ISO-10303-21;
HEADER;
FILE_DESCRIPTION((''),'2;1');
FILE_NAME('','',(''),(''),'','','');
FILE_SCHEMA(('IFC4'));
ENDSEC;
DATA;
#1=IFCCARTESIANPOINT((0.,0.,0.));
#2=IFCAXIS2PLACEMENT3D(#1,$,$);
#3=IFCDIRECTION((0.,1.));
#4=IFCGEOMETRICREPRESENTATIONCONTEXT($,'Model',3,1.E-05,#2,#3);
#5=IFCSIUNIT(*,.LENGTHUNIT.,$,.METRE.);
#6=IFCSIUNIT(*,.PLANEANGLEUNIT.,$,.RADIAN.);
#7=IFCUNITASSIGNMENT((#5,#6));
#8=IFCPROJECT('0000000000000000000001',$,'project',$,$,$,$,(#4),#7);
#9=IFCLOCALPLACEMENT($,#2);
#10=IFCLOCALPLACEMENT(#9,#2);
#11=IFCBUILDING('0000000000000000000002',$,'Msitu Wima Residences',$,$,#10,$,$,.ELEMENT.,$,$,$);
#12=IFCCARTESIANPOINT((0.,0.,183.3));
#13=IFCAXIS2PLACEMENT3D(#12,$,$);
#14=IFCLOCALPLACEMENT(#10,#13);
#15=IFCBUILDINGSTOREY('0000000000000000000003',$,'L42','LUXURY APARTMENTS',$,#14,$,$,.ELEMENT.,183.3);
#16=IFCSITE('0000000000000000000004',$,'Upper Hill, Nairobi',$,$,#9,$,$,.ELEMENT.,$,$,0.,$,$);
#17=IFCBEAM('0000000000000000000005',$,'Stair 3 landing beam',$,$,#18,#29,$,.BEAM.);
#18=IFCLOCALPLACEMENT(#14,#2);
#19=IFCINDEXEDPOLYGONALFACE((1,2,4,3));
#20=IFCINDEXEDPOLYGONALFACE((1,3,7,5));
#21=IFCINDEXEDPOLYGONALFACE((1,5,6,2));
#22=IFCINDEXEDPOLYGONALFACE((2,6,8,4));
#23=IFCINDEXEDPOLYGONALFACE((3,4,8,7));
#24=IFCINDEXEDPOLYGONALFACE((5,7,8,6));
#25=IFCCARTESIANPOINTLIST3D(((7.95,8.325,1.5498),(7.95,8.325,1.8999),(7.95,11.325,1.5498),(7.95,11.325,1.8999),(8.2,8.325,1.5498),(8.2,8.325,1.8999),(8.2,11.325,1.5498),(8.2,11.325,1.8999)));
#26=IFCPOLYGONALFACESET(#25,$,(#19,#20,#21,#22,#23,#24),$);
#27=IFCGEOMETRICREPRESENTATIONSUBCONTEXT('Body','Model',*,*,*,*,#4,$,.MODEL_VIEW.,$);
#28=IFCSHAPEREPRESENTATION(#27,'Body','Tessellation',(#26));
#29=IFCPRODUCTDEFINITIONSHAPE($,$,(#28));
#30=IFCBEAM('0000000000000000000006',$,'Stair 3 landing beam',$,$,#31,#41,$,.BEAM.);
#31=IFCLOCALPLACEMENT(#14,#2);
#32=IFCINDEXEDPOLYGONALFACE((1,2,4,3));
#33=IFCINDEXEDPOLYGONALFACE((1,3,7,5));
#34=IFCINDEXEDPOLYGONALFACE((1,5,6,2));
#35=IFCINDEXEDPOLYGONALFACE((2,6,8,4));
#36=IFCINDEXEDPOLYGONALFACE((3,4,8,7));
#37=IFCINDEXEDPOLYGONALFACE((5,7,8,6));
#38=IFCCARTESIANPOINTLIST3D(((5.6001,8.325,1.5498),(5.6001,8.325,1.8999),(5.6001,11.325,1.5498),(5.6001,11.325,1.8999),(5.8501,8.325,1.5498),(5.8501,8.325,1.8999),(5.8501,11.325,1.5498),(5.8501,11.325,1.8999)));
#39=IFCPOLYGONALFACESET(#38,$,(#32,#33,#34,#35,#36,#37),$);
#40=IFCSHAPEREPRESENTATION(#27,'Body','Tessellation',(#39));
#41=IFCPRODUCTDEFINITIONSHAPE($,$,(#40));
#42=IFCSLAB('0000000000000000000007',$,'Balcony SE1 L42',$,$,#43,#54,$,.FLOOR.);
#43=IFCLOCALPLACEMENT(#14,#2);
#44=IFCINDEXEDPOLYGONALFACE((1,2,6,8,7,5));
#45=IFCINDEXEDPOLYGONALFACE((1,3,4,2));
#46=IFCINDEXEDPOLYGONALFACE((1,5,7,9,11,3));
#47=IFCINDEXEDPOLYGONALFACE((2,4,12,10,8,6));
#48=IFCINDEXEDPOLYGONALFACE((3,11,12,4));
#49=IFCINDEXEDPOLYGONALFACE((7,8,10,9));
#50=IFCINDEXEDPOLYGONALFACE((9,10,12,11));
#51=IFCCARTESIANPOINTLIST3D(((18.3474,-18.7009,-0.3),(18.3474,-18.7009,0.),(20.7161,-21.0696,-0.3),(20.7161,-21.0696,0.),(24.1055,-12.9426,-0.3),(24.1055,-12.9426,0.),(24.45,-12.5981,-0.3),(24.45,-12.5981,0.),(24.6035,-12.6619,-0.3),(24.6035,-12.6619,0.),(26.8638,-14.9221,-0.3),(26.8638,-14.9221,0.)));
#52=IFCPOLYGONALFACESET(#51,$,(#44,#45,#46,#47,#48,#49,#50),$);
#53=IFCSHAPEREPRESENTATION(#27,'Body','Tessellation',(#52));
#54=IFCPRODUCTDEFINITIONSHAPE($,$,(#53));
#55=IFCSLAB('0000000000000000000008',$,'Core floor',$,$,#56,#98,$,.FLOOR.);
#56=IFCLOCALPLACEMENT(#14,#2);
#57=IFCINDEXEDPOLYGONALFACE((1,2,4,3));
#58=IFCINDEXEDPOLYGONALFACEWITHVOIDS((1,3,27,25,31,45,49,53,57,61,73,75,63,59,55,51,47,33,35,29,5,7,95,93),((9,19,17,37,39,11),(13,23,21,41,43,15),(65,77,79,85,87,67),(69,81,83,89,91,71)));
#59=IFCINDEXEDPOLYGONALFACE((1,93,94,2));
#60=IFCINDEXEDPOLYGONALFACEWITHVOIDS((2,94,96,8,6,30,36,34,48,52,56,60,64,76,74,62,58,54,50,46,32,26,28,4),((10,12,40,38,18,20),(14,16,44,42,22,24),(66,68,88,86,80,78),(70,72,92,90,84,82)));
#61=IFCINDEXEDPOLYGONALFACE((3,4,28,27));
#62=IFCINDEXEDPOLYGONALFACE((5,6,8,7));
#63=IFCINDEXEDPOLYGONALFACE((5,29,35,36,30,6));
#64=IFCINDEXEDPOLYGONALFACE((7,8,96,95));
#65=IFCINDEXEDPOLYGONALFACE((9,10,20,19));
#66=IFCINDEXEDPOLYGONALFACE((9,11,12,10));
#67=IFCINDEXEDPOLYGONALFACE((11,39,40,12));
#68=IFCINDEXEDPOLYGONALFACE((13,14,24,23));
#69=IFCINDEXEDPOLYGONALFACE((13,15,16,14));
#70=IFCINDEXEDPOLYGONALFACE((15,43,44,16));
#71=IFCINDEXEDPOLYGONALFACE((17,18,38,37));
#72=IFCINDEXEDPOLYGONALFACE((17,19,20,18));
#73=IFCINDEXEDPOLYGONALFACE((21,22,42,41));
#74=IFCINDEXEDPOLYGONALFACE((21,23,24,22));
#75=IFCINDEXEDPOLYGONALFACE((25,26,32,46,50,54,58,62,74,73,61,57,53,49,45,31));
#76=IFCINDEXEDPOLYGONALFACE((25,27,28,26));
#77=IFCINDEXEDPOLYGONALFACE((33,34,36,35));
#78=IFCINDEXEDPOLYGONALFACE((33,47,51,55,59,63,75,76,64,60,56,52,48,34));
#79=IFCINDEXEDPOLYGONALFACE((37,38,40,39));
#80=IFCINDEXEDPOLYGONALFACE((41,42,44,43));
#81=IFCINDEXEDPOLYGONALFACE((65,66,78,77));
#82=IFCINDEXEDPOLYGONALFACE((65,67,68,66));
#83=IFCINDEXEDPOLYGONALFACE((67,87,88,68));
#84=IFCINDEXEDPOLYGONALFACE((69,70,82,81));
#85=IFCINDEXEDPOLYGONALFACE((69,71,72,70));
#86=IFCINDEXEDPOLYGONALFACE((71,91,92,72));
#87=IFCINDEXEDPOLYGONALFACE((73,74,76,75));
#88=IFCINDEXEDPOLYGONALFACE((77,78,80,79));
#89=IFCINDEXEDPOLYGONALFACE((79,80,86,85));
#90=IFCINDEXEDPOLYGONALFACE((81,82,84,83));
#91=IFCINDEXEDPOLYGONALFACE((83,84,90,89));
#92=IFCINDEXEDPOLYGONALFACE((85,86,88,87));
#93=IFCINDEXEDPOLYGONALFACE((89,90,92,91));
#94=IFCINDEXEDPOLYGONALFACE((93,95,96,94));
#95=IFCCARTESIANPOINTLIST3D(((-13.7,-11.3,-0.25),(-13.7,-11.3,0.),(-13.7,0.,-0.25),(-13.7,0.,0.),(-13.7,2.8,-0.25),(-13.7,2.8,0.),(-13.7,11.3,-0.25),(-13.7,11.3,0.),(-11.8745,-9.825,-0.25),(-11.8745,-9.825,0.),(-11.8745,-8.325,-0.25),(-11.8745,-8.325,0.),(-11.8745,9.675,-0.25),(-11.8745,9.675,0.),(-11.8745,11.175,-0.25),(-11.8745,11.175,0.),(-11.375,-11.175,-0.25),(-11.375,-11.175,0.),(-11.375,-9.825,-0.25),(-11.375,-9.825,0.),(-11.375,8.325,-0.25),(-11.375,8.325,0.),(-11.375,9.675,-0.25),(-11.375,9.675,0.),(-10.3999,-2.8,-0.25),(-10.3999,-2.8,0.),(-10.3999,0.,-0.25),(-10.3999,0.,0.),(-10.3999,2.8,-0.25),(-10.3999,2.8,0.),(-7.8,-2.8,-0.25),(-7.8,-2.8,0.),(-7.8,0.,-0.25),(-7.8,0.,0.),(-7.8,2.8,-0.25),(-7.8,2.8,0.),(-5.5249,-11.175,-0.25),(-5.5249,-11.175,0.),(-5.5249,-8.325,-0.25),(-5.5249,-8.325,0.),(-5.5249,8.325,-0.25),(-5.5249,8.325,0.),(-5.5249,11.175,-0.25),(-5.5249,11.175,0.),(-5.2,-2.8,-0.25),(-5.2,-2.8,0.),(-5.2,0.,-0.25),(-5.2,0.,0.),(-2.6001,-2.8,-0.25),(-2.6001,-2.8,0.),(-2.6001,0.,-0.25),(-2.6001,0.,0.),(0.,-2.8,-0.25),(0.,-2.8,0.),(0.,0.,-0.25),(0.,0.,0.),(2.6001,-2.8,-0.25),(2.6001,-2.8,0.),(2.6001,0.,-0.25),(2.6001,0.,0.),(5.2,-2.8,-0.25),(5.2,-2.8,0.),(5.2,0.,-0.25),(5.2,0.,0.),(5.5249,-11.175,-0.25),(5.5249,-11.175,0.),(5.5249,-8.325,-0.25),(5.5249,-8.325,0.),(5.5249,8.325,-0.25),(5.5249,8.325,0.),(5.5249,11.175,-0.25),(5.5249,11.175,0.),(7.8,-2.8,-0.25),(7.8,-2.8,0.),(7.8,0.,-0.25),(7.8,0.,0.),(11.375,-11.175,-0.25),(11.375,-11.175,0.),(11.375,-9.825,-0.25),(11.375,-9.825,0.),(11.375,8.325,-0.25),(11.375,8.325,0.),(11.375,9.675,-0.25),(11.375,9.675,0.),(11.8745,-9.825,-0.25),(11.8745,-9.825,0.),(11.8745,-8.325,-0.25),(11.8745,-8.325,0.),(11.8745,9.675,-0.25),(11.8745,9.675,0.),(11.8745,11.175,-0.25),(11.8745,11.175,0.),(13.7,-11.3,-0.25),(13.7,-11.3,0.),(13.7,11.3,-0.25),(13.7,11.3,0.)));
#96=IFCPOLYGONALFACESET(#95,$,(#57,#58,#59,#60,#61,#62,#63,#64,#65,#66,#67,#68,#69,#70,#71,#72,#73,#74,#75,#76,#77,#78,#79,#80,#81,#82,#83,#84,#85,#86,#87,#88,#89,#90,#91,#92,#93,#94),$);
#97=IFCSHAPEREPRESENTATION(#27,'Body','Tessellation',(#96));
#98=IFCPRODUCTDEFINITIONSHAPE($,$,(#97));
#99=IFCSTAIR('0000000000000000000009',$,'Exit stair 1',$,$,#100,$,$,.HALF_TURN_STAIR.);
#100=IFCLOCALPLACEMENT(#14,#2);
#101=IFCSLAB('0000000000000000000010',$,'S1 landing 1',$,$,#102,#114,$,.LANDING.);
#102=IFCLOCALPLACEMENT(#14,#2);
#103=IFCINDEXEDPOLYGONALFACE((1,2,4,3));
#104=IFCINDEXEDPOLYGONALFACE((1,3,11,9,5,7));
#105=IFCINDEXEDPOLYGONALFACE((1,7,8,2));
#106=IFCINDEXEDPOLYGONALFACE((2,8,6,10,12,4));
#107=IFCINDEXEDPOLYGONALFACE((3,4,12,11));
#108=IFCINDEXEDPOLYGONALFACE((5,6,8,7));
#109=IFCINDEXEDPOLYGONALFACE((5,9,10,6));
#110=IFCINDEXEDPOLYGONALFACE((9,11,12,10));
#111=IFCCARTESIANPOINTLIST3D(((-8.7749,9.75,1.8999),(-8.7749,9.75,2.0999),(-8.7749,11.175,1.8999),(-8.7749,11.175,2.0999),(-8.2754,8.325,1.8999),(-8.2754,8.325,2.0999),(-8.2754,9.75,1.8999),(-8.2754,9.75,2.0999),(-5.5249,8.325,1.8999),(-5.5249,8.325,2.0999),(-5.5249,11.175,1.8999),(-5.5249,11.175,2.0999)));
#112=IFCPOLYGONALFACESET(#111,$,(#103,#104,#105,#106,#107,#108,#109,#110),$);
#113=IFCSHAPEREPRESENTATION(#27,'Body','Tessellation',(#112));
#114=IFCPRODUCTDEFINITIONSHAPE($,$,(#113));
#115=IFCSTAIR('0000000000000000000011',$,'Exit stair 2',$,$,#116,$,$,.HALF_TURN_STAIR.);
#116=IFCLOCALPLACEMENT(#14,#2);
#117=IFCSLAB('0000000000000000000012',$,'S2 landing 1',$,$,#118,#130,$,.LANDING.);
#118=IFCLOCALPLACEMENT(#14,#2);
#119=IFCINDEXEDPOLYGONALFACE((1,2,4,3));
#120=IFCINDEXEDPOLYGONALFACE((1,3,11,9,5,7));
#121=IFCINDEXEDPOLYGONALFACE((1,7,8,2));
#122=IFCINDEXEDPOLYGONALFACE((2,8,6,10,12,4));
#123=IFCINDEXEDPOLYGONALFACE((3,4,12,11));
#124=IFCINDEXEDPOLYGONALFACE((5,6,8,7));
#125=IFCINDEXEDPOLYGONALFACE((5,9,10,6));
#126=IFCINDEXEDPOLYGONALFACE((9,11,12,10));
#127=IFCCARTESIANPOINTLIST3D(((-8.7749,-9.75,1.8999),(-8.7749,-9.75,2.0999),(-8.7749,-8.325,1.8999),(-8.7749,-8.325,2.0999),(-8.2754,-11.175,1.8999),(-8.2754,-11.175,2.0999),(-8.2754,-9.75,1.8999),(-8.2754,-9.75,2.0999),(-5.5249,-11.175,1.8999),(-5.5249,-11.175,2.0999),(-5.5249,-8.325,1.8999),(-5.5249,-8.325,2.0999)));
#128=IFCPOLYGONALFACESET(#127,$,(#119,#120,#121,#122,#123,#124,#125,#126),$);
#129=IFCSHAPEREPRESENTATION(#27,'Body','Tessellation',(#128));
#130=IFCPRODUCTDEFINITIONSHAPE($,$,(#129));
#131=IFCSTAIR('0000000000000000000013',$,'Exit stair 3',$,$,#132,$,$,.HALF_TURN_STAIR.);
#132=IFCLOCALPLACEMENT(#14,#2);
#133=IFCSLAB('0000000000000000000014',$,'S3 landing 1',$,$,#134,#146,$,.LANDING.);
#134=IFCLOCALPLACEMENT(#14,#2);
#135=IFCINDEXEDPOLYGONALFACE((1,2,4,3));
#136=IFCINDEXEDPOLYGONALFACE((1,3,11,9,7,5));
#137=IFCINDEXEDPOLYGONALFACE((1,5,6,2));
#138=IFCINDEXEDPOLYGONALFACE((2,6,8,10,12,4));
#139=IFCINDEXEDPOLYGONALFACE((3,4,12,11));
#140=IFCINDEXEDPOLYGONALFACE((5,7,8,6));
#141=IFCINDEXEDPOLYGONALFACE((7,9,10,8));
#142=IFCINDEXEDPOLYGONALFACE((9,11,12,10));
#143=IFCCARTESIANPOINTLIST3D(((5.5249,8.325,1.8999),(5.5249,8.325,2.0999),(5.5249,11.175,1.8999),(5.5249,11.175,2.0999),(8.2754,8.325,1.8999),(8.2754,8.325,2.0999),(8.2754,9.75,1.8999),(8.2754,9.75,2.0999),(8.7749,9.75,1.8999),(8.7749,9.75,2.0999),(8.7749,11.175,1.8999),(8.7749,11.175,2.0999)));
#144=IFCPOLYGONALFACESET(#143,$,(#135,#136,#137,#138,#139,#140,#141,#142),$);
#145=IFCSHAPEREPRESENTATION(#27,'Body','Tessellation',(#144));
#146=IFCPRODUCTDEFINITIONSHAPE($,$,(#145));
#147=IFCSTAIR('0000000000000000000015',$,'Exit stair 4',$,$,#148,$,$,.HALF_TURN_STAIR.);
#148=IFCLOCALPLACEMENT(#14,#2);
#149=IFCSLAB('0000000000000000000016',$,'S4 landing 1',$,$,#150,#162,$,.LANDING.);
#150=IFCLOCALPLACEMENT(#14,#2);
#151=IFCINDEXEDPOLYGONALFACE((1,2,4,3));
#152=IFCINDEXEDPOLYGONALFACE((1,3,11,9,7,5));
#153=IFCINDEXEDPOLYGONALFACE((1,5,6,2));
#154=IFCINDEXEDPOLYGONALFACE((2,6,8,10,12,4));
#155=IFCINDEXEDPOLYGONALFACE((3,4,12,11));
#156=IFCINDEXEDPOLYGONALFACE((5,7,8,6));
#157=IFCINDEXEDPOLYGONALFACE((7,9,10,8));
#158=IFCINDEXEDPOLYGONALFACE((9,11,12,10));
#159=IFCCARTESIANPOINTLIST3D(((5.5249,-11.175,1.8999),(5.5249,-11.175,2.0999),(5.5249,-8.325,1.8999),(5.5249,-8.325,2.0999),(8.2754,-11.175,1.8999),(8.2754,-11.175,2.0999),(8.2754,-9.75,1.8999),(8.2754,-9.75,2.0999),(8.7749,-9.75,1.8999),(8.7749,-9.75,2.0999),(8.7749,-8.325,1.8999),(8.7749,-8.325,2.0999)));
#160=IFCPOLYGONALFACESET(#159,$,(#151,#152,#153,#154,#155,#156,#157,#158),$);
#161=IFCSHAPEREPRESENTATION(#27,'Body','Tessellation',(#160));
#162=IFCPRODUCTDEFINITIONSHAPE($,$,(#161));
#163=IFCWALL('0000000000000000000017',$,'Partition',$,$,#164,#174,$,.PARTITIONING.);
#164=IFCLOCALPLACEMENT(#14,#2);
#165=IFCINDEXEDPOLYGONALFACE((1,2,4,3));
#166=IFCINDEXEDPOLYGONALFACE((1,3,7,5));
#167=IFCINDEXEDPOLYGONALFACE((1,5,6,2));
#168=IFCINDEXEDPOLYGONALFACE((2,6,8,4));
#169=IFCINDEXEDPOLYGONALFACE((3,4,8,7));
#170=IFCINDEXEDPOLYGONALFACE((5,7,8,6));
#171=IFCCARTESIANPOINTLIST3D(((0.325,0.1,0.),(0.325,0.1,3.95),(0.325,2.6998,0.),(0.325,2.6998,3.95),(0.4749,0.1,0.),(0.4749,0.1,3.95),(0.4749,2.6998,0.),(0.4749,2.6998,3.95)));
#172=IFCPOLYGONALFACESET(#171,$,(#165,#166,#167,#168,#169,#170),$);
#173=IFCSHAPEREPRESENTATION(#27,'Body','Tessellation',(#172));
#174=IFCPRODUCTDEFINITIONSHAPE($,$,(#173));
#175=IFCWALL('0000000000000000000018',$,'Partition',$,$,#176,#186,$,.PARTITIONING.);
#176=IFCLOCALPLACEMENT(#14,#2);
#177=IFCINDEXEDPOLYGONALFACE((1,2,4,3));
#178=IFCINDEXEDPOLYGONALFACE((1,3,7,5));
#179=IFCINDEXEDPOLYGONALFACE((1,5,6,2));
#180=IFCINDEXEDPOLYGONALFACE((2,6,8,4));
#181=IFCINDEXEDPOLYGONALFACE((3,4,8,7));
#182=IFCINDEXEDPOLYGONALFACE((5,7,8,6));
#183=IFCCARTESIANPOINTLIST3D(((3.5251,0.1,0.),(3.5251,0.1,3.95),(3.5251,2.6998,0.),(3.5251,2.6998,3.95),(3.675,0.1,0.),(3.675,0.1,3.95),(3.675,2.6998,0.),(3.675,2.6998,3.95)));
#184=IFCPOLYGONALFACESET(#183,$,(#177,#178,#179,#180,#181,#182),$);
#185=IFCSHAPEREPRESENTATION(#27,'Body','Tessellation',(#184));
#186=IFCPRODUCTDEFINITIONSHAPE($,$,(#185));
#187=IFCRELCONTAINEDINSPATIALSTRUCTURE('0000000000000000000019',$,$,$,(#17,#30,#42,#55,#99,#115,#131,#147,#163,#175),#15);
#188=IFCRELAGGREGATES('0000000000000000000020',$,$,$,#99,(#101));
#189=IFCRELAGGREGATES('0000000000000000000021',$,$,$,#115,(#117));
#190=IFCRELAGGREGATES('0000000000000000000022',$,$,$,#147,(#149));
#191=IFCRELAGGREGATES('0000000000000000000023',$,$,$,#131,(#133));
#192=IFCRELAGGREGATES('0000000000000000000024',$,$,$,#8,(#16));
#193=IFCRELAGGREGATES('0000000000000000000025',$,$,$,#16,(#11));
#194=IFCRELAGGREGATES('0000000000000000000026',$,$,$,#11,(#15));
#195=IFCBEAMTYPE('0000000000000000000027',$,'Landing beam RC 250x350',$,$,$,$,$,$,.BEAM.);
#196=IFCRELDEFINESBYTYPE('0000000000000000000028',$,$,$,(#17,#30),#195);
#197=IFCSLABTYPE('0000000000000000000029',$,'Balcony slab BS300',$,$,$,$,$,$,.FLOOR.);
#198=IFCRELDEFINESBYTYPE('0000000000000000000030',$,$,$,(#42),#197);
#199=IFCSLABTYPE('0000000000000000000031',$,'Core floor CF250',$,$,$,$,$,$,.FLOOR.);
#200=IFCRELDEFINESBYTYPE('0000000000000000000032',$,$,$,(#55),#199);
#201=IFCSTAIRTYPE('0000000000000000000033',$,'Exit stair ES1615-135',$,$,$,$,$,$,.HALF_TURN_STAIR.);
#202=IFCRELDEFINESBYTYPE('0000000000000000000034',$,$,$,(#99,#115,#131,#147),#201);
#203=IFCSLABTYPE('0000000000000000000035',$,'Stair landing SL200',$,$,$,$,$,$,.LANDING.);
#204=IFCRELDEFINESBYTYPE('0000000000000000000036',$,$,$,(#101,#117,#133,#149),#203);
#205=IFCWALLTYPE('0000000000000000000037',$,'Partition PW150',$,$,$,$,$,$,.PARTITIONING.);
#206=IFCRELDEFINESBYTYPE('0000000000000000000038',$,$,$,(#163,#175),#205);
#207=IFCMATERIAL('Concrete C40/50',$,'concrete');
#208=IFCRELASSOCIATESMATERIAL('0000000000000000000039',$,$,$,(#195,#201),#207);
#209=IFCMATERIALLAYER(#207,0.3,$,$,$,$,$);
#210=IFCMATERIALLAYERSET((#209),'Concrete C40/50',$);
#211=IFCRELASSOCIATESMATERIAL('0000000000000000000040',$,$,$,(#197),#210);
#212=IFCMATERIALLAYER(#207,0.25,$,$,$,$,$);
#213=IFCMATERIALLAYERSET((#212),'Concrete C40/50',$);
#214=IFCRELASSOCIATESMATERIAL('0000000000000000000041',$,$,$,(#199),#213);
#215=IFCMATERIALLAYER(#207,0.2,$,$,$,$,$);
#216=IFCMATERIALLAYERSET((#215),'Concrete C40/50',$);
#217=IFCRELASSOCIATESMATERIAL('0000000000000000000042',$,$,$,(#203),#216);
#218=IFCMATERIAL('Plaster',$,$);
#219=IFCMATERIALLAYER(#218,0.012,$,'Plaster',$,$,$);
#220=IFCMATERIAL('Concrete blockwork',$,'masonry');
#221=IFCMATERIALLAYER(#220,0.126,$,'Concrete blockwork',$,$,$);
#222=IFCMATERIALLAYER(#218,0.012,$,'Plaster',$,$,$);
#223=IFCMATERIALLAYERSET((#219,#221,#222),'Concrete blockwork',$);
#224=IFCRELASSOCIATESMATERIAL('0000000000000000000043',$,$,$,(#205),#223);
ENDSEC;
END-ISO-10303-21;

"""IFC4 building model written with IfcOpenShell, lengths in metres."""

from ifc_helpers import new_model, si_unit, direction, frame, frame_2d, origin, origin_2d, place, context, subcontext, project, spatial, polyline, rectangle, outline, extrude, material, layer, layer_set, material_profile, profile_set, type_object, element, aggregate, save


model = new_model("IFC4")

# Units and contexts
model_context = context("Model", 3, precision=1e-05, world=origin(), true_north=direction((0.0, 1.0)))
body_context = subcontext(model_context, "Body", "Model", "MODEL_VIEW")
ifc_project = project(units=[si_unit("LENGTHUNIT", "METRE"), si_unit("PLANEANGLEUNIT", "RADIAN")], contexts=[model_context])

# Site, building, storey
site_placement = place(None, origin())
site = spatial("IfcSite", under=ifc_project, at=site_placement, Name="Upper Hill, Nairobi", CompositionType="ELEMENT", RefElevation=0.0)
building_placement = place(site_placement, origin())
building = spatial("IfcBuilding", under=site, at=building_placement, Name="Msitu Wima Residences", CompositionType="ELEMENT")
storey_placement = place(building_placement, frame((0.0, 0.0, 183.3)))
storey = spatial("IfcBuildingStorey", under=building, at=storey_placement, Name="L42", Description="LUXURY APARTMENTS", CompositionType="ELEMENT", Elevation=183.3)

# Beams
ifc_material_1 = material(Name="Concrete C40/50", Category="concrete")
ifc_material_profile = material_profile(ifc_material_1, rectangle(XDim=0.25, YDim=0.3501, at=origin_2d()), Name="RC 250x350")
ifc_profile_set = profile_set([ifc_material_profile], Name="Concrete C40/50")
beam_type = type_object("IfcBeamType", Name="Landing beam RC 250x350", PredefinedType="BEAM", material=ifc_profile_set)
for number, where, z_axis, x_axis, name in (
    (1, (8.075, 8.325, 1.7249), (0.0, 1.0, 0.0), (-1.0, 0.0, 0.0), "Stair 3 landing beam"),
    (2, (5.7251, 8.325, 1.7249), (0.0, 1.0, 0.0), (-1.0, 0.0, 0.0), "Stair 3 landing beam"),
):
    element("IfcBeam", number, at=place(storey_placement, frame(where, z_axis=z_axis, x_axis=x_axis)), inside=storey, type_object=beam_type, Name=name, PredefinedType="BEAM", context=body_context, shape_type="SweptSolid", body=[
        extrude(rectangle(XDim=0.25, YDim=0.3501, at=origin_2d()), origin(), (0.0, 0.0, 1.0), 3.0),
    ])

# Slabs
ifc_layer_1 = layer(ifc_material_1, 0.3)
ifc_layer_set_1 = layer_set([ifc_layer_1], Name="Concrete C40/50")
slab_type_1 = type_object("IfcSlabType", Name="Balcony slab BS300", PredefinedType="FLOOR", material=ifc_layer_set_1)
slab_1_placement = place(storey_placement, frame((0.0, 0.0, -0.3)))
element("IfcSlab", 3, at=slab_1_placement, inside=storey, type_object=slab_type_1, Name="Balcony SE1 L42", PredefinedType="FLOOR", context=body_context, shape_type="SweptSolid", body=[
    extrude(outline(polyline([(24.1055, -12.9426), (24.1055, -12.9426), (24.45, -12.5981), (24.6035, -12.6619), (26.8638, -14.9221), (20.7161, -21.0696), (18.3474, -18.7009), (24.1055, -12.9426), (24.1055, -12.9426)])), origin(), (0.0, 0.0, 1.0), 0.3),
])
ifc_layer_2 = layer(ifc_material_1, 0.25)
ifc_layer_set_2 = layer_set([ifc_layer_2], Name="Concrete C40/50")
slab_type_2 = type_object("IfcSlabType", Name="Core floor CF250", PredefinedType="FLOOR", material=ifc_layer_set_2)
slab_2_placement = place(storey_placement, frame((0.0, 0.0, -0.25)))
element("IfcSlab", 4, at=slab_2_placement, inside=storey, type_object=slab_type_2, Name="Core floor", PredefinedType="FLOOR", context=body_context, shape_type="SweptSolid", body=[
    extrude(outline(polyline([(-13.7, 11.3), (-13.7, 2.8), (-10.3999, 2.8), (-7.8, 2.8), (-7.8, 0.0), (-5.2, 0.0), (-2.6001, 0.0), (0.0, 0.0), (2.6001, 0.0), (5.2, 0.0), (7.8, 0.0), (7.8, -2.8), (5.2, -2.8), (2.6001, -2.8), (0.0, -2.8), (-2.6001, -2.8), (-5.2, -2.8), (-7.8, -2.8), (-10.3999, -2.8), (-10.3999, 0.0), (-13.7, 0.0), (-13.7, -11.3), (13.7, -11.3), (13.7, 11.3), (-13.7, 11.3)]), holes=[polyline([(-11.375, -11.175), (-11.375, -9.825), (-11.8745, -9.825), (-11.8745, -8.325), (-5.5249, -8.325), (-5.5249, -11.175), (-11.375, -11.175)]), polyline([(-11.375, 8.325), (-11.375, 9.675), (-11.8745, 9.675), (-11.8745, 11.175), (-5.5249, 11.175), (-5.5249, 8.325), (-11.375, 8.325)]), polyline([(11.375, -9.825), (11.375, -11.175), (5.5249, -11.175), (5.5249, -8.325), (11.8745, -8.325), (11.8745, -9.825), (11.375, -9.825)]), polyline([(11.375, 9.675), (11.375, 8.325), (5.5249, 8.325), (5.5249, 11.175), (11.8745, 11.175), (11.8745, 9.675), (11.375, 9.675)])]), origin(), (0.0, 0.0, 1.0), 0.25),
])

# Stairs, slabs
stair_type = type_object("IfcStairType", Name="Exit stair ES1615-135", PredefinedType="HALF_TURN_STAIR", material=ifc_material_1)
stair_1_placement = place(storey_placement, origin())
stair_1 = element("IfcStair", 5, at=stair_1_placement, inside=storey, type_object=stair_type, Name="Exit stair 1", PredefinedType="HALF_TURN_STAIR")
ifc_layer_3 = layer(ifc_material_1, 0.2)
ifc_layer_set_3 = layer_set([ifc_layer_3], Name="Concrete C40/50")
slab_type_3 = type_object("IfcSlabType", Name="Stair landing SL200", PredefinedType="LANDING", material=ifc_layer_set_3)
slab_3_placement = place(storey_placement, frame((0.0, 0.0, 1.8999)))
slab_3 = element("IfcSlab", 6, at=slab_3_placement, type_object=slab_type_3, Name="S1 landing 1", PredefinedType="LANDING", context=body_context, shape_type="SweptSolid", body=[
    extrude(outline(polyline([(-5.5249, 8.325), (-8.2754, 8.325), (-8.2754, 9.75), (-8.7749, 9.75), (-8.7749, 11.175), (-5.5249, 11.175), (-5.5249, 8.325)])), origin(), (0.0, 0.0, 1.0), 0.2),
])
aggregate(stair_1, [slab_3])
stair_2_placement = place(storey_placement, origin())
stair_2 = element("IfcStair", 7, at=stair_2_placement, inside=storey, type_object=stair_type, Name="Exit stair 2", PredefinedType="HALF_TURN_STAIR")
slab_4_placement = place(storey_placement, frame((0.0, 0.0, 1.8999)))
slab_4 = element("IfcSlab", 8, at=slab_4_placement, type_object=slab_type_3, Name="S2 landing 1", PredefinedType="LANDING", context=body_context, shape_type="SweptSolid", body=[
    extrude(outline(polyline([(-5.5249, -11.175), (-8.2754, -11.175), (-8.2754, -9.75), (-8.7749, -9.75), (-8.7749, -8.325), (-5.5249, -8.325), (-5.5249, -11.175)])), origin(), (0.0, 0.0, 1.0), 0.2),
])
aggregate(stair_2, [slab_4])
stair_3_placement = place(storey_placement, origin())
stair_3 = element("IfcStair", 9, at=stair_3_placement, inside=storey, type_object=stair_type, Name="Exit stair 3", PredefinedType="HALF_TURN_STAIR")
slab_5_placement = place(storey_placement, frame((0.0, 0.0, 1.8999)))
slab_5 = element("IfcSlab", 10, at=slab_5_placement, type_object=slab_type_3, Name="S3 landing 1", PredefinedType="LANDING", context=body_context, shape_type="SweptSolid", body=[
    extrude(outline(polyline([(5.5249, 8.325), (8.2754, 8.325), (8.2754, 9.75), (8.7749, 9.75), (8.7749, 11.175), (5.5249, 11.175), (5.5249, 8.325)])), origin(), (0.0, 0.0, 1.0), 0.2),
])
stair_4_placement = place(storey_placement, origin())
stair_4 = element("IfcStair", 11, at=stair_4_placement, inside=storey, type_object=stair_type, Name="Exit stair 4", PredefinedType="HALF_TURN_STAIR")
slab_6_placement = place(storey_placement, frame((0.0, 0.0, 1.8999)))
slab_6 = element("IfcSlab", 12, at=slab_6_placement, type_object=slab_type_3, Name="S4 landing 1", PredefinedType="LANDING", context=body_context, shape_type="SweptSolid", body=[
    extrude(outline(polyline([(5.5249, -11.175), (8.2754, -11.175), (8.2754, -9.75), (8.7749, -9.75), (8.7749, -8.325), (5.5249, -8.325), (5.5249, -11.175)])), origin(), (0.0, 0.0, 1.0), 0.2),
])
aggregate(stair_4, [slab_6])

# Walls
ifc_material_2 = material(Name="Plaster")
ifc_layer_4 = layer(ifc_material_2, 0.012, Name="Plaster")
ifc_material_3 = material(Name="Concrete blockwork", Category="masonry")
ifc_layer_5 = layer(ifc_material_3, 0.126, Name="Concrete blockwork")
ifc_layer_6 = layer(ifc_material_2, 0.012, Name="Plaster")
ifc_layer_set_4 = layer_set([ifc_layer_4, ifc_layer_5, ifc_layer_6], Name="Concrete blockwork")
wall_type_1 = type_object("IfcWallType", Name="Partition PW150", PredefinedType="PARTITIONING", material=ifc_layer_set_4)
for number, where, z_axis, x_axis, name in (
    (13, (0.3999, 0.1001, 0.0), (0.0, 0.0, 1.0), (0.0, 1.0, 0.0), "Partition"),
    (14, (3.6001, 0.1001, 0.0), (0.0, 0.0, 1.0), (0.0, 1.0, 0.0), "Partition"),
):
    element("IfcWall", number, at=place(storey_placement, frame(where, z_axis=z_axis, x_axis=x_axis)), inside=storey, type_object=wall_type_1, Name=name, PredefinedType="PARTITIONING", context=body_context, shape_type="SweptSolid", body=[
        extrude(rectangle(XDim=2.5999, YDim=0.1499, at=frame_2d((1.2998, 0.0))), origin(), (0.0, 0.0, 1.0), 3.95),
    ])

aggregate(stair_3, [slab_5])

save(model, "model.ifc")
